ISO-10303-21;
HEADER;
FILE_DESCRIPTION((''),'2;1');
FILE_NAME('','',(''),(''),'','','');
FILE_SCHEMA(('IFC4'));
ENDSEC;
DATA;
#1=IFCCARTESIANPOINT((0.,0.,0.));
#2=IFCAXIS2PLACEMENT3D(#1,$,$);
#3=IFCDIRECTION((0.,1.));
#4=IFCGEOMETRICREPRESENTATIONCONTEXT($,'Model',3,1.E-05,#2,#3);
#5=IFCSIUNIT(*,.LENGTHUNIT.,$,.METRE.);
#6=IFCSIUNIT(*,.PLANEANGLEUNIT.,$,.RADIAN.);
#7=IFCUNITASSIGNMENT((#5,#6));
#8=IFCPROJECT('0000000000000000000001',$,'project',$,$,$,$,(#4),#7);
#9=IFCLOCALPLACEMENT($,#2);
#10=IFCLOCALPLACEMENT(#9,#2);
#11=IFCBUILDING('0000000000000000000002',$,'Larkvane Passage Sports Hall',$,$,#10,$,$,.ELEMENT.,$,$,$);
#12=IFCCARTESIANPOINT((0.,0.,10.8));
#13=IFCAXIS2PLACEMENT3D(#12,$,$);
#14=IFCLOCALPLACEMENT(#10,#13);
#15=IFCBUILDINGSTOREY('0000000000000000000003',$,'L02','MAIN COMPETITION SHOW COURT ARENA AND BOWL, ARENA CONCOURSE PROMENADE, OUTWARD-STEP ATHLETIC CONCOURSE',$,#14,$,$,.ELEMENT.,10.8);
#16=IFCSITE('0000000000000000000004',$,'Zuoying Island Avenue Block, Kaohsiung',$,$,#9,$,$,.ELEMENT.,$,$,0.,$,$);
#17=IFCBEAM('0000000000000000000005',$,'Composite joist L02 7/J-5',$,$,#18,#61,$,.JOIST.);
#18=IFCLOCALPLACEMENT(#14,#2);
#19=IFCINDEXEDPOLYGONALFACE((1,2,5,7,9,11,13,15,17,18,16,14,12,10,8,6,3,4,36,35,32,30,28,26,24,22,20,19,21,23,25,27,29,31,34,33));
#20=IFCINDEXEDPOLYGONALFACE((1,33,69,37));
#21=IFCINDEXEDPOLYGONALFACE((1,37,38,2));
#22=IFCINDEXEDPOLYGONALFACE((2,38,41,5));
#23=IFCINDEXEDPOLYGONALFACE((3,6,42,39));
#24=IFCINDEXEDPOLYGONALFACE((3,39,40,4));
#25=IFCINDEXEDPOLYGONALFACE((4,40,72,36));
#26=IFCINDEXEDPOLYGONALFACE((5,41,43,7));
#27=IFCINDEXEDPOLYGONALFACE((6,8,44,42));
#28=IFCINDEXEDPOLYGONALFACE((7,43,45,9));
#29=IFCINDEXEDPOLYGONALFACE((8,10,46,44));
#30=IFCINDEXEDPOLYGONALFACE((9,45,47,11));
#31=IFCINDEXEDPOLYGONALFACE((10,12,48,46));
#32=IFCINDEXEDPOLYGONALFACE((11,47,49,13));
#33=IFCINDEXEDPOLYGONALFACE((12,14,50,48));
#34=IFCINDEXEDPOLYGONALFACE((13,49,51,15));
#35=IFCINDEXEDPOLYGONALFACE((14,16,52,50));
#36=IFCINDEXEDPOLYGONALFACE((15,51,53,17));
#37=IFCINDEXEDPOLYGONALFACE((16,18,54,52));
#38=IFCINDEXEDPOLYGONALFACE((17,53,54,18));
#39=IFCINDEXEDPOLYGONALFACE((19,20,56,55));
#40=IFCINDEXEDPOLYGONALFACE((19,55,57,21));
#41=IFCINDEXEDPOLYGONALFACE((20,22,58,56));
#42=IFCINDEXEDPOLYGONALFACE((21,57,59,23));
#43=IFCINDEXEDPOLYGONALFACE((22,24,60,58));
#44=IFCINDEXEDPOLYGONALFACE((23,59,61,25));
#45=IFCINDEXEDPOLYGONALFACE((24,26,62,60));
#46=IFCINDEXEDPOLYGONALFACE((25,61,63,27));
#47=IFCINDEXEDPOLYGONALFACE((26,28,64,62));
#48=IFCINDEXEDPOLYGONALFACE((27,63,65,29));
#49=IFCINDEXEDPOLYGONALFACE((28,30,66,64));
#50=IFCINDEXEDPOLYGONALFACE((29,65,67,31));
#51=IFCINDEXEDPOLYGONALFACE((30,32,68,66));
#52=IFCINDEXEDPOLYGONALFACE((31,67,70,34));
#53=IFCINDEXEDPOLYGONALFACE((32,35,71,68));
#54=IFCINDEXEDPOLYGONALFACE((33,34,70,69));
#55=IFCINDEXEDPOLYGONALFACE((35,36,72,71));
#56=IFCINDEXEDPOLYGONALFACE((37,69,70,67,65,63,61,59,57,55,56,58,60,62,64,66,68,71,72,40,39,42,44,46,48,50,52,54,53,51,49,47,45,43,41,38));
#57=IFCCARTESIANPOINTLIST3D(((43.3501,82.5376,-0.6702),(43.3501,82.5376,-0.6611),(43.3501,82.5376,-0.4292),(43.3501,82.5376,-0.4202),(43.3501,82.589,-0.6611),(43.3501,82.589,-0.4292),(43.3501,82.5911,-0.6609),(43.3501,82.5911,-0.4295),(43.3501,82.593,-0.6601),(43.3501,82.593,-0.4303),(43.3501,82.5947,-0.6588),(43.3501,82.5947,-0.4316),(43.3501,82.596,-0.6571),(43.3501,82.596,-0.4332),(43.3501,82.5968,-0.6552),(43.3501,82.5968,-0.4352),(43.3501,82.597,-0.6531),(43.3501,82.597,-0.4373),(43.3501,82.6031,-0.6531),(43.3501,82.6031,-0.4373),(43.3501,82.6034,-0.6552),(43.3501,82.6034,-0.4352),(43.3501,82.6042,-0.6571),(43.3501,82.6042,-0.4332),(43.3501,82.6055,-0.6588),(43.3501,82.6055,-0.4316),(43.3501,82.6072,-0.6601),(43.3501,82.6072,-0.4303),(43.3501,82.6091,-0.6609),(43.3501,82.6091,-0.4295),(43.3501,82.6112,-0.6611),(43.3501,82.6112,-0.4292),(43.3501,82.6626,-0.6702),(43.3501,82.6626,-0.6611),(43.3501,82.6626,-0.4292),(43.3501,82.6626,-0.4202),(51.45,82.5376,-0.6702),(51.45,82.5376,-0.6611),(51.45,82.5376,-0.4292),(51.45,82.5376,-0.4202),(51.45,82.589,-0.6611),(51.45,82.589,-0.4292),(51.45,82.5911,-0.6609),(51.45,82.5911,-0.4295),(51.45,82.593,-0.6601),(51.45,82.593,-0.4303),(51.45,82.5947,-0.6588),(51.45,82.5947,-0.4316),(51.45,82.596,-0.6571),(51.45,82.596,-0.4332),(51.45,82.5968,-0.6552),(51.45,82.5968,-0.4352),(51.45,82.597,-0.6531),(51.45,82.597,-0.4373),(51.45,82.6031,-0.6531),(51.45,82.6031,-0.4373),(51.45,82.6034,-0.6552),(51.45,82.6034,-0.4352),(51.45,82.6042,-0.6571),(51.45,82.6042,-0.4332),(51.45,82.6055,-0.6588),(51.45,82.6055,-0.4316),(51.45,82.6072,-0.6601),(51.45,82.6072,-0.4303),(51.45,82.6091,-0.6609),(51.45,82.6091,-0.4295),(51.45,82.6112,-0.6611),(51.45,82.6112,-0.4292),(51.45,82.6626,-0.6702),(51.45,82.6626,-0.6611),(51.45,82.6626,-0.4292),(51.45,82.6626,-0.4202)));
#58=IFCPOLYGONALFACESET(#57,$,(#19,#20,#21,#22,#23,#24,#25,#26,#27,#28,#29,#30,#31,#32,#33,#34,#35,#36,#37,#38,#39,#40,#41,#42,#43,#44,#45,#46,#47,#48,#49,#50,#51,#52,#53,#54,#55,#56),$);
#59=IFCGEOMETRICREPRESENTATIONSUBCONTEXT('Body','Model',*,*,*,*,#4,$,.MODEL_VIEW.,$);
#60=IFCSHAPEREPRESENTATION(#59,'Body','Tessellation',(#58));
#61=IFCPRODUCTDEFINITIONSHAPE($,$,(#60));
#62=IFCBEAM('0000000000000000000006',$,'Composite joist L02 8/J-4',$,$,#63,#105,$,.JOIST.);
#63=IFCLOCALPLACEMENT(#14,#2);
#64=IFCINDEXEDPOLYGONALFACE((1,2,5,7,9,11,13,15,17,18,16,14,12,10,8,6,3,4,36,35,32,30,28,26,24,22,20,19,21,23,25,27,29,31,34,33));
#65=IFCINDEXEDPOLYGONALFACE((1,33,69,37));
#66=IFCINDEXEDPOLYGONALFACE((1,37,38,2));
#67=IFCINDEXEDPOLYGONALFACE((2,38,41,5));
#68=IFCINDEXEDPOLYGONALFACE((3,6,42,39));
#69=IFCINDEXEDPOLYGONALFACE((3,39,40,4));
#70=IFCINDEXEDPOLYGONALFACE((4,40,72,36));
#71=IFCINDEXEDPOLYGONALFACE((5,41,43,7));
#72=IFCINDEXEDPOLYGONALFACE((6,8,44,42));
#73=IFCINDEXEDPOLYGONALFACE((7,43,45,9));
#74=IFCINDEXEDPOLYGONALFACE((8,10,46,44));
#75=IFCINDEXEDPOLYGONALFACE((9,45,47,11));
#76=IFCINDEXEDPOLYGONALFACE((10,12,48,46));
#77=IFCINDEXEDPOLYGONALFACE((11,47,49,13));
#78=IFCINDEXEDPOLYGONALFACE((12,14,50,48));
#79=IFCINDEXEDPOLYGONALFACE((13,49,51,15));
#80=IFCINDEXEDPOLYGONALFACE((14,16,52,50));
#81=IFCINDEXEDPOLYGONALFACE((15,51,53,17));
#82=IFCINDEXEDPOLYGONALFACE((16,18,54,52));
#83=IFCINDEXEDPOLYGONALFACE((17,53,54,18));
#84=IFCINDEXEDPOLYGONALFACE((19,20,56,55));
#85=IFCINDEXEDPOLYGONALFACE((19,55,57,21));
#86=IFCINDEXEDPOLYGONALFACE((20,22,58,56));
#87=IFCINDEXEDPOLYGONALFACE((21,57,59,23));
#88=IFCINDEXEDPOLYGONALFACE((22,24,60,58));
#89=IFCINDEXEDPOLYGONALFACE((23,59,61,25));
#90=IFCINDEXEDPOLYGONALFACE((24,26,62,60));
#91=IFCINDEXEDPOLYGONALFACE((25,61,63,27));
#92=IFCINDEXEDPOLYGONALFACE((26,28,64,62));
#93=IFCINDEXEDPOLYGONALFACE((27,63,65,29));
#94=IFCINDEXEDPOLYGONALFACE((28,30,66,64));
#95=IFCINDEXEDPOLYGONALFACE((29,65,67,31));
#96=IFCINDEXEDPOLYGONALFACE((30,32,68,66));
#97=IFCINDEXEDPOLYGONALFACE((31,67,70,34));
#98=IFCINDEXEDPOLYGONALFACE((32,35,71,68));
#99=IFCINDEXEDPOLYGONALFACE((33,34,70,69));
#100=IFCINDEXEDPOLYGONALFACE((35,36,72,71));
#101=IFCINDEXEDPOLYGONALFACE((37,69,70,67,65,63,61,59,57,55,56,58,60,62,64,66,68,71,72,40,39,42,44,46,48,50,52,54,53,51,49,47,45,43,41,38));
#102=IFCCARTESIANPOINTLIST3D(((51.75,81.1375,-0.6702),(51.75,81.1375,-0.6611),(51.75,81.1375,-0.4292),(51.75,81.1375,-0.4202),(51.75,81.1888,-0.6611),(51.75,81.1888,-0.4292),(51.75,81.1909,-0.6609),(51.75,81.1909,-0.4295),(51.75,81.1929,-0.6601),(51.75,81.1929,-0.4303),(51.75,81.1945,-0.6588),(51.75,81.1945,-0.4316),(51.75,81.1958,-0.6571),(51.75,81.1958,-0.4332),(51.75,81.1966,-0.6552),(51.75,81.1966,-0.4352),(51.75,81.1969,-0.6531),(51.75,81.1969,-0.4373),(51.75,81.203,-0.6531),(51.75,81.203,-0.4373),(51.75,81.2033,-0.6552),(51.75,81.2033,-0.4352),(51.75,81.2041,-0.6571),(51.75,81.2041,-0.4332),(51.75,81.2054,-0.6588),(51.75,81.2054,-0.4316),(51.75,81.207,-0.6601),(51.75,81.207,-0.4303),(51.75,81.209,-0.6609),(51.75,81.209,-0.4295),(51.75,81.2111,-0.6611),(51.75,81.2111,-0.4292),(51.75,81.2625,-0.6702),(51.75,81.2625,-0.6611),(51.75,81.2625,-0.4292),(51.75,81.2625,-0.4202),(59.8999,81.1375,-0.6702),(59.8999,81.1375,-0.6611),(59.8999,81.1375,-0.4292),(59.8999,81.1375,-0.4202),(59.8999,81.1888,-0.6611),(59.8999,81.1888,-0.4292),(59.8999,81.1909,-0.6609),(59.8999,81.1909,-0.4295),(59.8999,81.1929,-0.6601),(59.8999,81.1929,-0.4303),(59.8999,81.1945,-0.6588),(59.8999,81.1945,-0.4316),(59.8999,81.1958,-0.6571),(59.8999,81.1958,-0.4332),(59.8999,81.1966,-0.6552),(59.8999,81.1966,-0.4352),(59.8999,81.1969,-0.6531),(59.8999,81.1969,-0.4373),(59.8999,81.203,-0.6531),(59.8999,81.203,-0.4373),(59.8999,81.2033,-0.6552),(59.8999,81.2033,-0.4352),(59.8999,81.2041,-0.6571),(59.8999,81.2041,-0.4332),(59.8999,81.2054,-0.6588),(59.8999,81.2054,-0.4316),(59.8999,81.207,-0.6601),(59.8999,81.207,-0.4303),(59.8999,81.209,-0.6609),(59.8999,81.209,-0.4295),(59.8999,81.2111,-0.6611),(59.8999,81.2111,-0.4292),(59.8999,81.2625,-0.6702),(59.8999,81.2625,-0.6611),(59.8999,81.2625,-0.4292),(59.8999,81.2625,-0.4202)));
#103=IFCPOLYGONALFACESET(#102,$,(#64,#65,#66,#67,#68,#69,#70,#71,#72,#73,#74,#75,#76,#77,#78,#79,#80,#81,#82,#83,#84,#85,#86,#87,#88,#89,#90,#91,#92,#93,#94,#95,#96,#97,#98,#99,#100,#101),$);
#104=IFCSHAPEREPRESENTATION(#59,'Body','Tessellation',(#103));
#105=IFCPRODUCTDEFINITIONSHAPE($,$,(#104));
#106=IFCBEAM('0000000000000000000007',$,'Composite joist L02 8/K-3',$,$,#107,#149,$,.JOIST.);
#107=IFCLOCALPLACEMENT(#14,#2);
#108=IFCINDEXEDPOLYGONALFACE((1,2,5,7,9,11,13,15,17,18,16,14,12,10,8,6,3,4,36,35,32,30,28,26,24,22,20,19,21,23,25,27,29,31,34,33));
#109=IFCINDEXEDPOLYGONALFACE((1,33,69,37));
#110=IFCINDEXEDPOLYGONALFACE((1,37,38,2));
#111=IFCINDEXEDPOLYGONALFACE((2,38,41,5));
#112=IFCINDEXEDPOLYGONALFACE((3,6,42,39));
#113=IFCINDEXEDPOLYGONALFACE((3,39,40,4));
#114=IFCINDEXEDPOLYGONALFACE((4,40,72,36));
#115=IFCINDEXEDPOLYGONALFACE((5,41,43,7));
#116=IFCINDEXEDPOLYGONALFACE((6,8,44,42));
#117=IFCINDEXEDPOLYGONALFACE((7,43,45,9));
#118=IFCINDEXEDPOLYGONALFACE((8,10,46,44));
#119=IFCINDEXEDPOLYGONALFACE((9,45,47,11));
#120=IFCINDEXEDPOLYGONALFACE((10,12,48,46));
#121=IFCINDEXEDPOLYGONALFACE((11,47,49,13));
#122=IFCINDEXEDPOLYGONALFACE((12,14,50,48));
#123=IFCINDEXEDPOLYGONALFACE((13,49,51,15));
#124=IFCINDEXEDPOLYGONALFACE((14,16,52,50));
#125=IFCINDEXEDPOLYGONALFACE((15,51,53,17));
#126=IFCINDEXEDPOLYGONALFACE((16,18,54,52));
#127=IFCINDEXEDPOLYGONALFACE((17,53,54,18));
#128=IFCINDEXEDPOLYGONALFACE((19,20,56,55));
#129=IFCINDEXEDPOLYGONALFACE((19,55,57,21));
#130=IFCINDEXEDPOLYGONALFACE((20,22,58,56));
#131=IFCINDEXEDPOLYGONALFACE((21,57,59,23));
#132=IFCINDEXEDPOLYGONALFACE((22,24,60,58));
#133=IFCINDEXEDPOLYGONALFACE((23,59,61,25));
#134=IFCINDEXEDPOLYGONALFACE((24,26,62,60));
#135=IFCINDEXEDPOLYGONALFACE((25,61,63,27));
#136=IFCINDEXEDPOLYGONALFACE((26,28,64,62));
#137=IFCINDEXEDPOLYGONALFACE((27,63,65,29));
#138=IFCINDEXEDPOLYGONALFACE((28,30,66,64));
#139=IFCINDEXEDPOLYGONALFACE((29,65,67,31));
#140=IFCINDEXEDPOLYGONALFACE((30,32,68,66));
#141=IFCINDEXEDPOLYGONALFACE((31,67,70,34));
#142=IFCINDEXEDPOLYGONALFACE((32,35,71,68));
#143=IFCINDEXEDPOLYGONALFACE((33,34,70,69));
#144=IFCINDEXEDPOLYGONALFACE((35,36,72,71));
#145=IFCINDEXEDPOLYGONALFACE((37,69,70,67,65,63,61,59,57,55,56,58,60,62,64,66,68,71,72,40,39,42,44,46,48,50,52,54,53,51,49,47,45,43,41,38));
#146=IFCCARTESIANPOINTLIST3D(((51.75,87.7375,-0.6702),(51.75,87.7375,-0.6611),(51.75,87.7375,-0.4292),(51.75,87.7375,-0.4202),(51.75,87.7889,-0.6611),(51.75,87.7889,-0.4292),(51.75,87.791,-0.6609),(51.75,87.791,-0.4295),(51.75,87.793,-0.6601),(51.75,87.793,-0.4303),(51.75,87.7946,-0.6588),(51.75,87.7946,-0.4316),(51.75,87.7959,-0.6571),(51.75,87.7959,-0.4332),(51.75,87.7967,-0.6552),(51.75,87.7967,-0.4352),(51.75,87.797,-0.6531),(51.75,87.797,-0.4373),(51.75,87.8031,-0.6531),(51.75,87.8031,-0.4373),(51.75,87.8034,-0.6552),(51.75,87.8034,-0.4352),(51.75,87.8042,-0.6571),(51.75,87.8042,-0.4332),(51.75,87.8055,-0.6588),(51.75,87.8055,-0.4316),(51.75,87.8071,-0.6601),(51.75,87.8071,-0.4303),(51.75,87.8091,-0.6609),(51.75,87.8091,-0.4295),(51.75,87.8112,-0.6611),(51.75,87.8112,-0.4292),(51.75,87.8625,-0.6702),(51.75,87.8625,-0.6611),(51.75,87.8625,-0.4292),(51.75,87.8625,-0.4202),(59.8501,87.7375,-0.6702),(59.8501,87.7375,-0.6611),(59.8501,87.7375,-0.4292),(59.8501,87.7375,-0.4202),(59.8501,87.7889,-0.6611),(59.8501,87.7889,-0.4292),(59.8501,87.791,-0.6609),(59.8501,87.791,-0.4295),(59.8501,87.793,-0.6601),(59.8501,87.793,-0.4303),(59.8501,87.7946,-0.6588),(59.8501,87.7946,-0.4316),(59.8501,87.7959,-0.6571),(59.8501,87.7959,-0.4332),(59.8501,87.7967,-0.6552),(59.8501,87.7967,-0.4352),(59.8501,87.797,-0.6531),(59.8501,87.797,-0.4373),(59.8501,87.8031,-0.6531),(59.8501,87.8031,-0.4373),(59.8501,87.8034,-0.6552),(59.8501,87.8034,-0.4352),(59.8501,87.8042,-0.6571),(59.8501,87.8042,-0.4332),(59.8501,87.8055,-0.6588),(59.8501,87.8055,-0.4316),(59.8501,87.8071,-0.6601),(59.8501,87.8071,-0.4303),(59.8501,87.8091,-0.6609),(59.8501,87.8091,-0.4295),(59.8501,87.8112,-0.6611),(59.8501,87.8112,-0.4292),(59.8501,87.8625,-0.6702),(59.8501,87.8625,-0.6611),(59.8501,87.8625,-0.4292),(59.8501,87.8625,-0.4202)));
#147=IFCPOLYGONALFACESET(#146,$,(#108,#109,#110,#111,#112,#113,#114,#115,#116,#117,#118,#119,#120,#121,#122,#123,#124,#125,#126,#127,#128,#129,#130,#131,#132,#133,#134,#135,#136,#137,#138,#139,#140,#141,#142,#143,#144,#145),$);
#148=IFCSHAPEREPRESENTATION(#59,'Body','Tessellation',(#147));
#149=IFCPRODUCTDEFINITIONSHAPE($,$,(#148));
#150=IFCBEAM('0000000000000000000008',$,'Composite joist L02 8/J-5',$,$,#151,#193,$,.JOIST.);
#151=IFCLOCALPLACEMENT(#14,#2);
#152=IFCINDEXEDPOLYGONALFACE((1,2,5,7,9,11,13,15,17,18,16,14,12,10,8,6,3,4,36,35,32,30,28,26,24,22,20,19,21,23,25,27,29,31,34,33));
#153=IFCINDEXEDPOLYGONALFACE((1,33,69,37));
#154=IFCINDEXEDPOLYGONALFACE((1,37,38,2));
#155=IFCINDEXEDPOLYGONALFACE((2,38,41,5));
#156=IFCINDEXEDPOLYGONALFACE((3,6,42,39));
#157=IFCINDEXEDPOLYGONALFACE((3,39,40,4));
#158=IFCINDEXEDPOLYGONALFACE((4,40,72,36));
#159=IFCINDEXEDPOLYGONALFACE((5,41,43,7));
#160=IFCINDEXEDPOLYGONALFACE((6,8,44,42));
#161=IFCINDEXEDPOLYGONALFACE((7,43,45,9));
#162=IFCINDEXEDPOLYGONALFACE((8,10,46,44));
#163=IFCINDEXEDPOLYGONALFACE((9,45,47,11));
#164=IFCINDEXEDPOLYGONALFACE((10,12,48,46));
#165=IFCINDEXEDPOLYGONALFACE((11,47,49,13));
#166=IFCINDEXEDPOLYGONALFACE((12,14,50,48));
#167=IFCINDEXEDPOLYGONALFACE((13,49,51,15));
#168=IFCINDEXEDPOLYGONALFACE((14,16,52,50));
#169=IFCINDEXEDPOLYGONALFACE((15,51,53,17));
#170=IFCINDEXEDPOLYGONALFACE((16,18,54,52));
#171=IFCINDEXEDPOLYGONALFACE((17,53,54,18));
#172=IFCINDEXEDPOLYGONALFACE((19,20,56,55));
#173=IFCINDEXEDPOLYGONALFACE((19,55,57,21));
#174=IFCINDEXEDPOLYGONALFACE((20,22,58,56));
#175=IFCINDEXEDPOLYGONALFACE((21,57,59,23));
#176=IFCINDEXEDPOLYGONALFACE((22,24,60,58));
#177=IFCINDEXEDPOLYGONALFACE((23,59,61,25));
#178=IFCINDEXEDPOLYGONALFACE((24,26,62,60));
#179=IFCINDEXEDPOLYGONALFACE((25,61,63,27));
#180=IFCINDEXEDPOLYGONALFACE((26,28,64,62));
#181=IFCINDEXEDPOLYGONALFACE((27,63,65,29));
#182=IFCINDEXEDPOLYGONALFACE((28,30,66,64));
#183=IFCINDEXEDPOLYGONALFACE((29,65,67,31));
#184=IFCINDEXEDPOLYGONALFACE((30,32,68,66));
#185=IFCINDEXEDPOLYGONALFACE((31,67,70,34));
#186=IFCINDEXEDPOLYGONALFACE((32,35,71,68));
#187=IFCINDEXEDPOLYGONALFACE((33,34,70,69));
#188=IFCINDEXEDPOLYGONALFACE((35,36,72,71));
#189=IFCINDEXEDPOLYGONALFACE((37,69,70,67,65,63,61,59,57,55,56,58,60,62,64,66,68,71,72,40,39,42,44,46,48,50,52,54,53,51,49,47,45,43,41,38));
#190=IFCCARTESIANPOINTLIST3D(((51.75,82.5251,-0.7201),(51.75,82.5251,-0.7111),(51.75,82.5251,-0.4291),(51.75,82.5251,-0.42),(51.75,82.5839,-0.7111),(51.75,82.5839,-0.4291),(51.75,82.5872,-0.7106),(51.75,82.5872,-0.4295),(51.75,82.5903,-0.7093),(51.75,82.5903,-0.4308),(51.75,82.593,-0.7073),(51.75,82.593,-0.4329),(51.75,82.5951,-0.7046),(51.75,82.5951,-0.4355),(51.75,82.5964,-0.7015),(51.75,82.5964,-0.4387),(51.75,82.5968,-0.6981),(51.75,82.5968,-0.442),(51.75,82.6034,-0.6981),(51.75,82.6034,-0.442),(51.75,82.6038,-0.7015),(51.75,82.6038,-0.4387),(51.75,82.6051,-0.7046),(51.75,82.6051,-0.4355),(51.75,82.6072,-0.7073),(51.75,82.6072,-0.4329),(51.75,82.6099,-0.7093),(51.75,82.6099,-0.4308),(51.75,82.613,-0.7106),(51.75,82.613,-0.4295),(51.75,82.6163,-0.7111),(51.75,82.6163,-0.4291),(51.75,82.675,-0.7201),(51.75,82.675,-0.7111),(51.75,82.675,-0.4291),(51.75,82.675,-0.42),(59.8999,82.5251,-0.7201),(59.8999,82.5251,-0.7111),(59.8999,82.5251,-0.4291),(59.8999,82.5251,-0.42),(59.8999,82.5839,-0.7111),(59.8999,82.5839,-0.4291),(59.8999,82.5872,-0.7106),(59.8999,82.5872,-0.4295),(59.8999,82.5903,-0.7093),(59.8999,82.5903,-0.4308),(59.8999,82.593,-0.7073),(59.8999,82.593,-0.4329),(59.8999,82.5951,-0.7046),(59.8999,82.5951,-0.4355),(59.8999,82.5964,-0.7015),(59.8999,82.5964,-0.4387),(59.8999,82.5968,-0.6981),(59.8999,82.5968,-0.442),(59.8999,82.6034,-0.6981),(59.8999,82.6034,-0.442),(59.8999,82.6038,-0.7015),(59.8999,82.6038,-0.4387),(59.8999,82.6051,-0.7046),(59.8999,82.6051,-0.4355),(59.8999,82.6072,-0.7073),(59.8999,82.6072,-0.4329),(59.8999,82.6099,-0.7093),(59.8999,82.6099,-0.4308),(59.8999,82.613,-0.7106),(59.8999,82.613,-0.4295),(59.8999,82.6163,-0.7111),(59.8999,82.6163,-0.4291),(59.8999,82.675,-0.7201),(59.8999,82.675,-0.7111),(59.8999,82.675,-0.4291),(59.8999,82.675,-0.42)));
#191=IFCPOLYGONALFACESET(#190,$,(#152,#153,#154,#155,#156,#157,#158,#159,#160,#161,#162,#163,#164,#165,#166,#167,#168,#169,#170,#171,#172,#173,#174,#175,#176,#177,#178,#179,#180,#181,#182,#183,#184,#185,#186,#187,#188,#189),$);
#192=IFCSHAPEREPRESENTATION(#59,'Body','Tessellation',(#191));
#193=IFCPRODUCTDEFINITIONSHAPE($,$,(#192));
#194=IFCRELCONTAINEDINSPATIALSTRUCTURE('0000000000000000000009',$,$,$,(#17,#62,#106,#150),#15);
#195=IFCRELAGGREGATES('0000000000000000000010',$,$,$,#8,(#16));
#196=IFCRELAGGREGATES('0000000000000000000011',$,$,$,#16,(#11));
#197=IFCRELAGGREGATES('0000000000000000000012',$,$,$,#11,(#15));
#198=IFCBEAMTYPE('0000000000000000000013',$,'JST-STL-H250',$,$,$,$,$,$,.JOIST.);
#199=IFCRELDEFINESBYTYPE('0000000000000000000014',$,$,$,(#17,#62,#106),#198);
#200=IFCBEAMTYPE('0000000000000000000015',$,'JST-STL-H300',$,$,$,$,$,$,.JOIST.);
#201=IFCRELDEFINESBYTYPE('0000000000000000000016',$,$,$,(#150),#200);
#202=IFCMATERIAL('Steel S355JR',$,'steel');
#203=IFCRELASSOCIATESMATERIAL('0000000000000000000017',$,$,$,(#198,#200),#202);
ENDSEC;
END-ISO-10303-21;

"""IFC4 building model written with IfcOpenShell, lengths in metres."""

from ifc_helpers import new_model, si_unit, direction, frame, origin, origin_2d, place, context, subcontext, project, spatial, i_section, extrude, material, material_profile, profile_set, type_object, element, save


model = new_model("IFC4")

# Units and contexts
model_context = context("Model", 3, precision=1e-05, world=origin(), true_north=direction((0.0, 1.0)))
body_context = subcontext(model_context, "Body", "Model", "MODEL_VIEW")
ifc_project = project(units=[si_unit("LENGTHUNIT", "METRE"), si_unit("PLANEANGLEUNIT", "RADIAN")], contexts=[model_context])

# Site, building, storey
site_placement = place(None, origin())
site = spatial("IfcSite", under=ifc_project, at=site_placement, Name="Zuoying Island Avenue Block, Kaohsiung", CompositionType="ELEMENT", RefElevation=0.0)
building_placement = place(site_placement, origin())
building = spatial("IfcBuilding", under=site, at=building_placement, Name="Larkvane Passage Sports Hall", CompositionType="ELEMENT")
storey_placement = place(building_placement, frame((0.0, 0.0, 10.8)))
storey = spatial("IfcBuildingStorey", under=building, at=storey_placement, Name="L02", Description="MAIN COMPETITION SHOW COURT ARENA AND BOWL, ARENA CONCOURSE PROMENADE, OUTWARD-STEP ATHLETIC CONCOURSE", CompositionType="ELEMENT", Elevation=10.8)

# Shared definitions
ifc_material_1 = material(Name="Steel S355JR", Category="steel")

# Beams
ifc_material_profile_1 = material_profile(ifc_material_1, i_section(OverallWidth=0.125, OverallDepth=0.25, WebThickness=0.0061, FlangeThickness=0.009, FilletRadius=0.0081, at=origin_2d()), Name="H-250x125x6x9")
ifc_profile_set_1 = profile_set([ifc_material_profile_1], Name="Steel S355JR")
beam_type_1 = type_object("IfcBeamType", Name="JST-STL-H250", PredefinedType="JOIST", material=ifc_profile_set_1)
beam_1_placement = place(storey_placement, frame((43.3501, 82.6001, -0.5452), z_axis=(1.0, 0.0, 0.0), x_axis=(0.0, 1.0, 0.0)))
element("IfcBeam", 1, at=beam_1_placement, inside=storey, type_object=beam_type_1, Name="Composite joist L02 7/J-5", PredefinedType="JOIST", context=body_context, shape_type="SweptSolid", body=[
    extrude(i_section(OverallWidth=0.125, OverallDepth=0.25, WebThickness=0.0061, FlangeThickness=0.009, FilletRadius=0.0081, at=origin_2d()), origin(), (0.0, 0.0, 1.0), 8.0999),
])
beam_2_placement = place(storey_placement, frame((51.75, 81.2, -0.5452), z_axis=(1.0, 0.0, 0.0), x_axis=(0.0, 1.0, 0.0)))
element("IfcBeam", 2, at=beam_2_placement, inside=storey, type_object=beam_type_1, Name="Composite joist L02 8/J-4", PredefinedType="JOIST", context=body_context, shape_type="SweptSolid", body=[
    extrude(i_section(OverallWidth=0.125, OverallDepth=0.25, WebThickness=0.0061, FlangeThickness=0.009, FilletRadius=0.0081, at=origin_2d()), origin(), (0.0, 0.0, 1.0), 8.1499),
])
beam_3_placement = place(storey_placement, frame((51.75, 87.8, -0.5452), z_axis=(1.0, 0.0, 0.0), x_axis=(0.0, 1.0, 0.0)))
element("IfcBeam", 3, at=beam_3_placement, inside=storey, type_object=beam_type_1, Name="Composite joist L02 8/K-3", PredefinedType="JOIST", context=body_context, shape_type="SweptSolid", body=[
    extrude(i_section(OverallWidth=0.125, OverallDepth=0.25, WebThickness=0.0061, FlangeThickness=0.009, FilletRadius=0.0081, at=origin_2d()), origin(), (0.0, 0.0, 1.0), 8.1001),
])
ifc_material_profile_2 = material_profile(ifc_material_1, i_section(OverallWidth=0.1499, OverallDepth=0.3, WebThickness=0.0066, FlangeThickness=0.009, FilletRadius=0.0129, at=origin_2d()), Name="H-300x150x6.5x9")
ifc_profile_set_2 = profile_set([ifc_material_profile_2], Name="Steel S355JR")
beam_type_2 = type_object("IfcBeamType", Name="JST-STL-H300", PredefinedType="JOIST", material=ifc_profile_set_2)
beam_4_placement = place(storey_placement, frame((51.75, 82.6001, -0.5701), z_axis=(1.0, 0.0, 0.0), x_axis=(0.0, 1.0, 0.0)))
element("IfcBeam", 4, at=beam_4_placement, inside=storey, type_object=beam_type_2, Name="Composite joist L02 8/J-5", PredefinedType="JOIST", context=body_context, shape_type="SweptSolid", body=[
    extrude(i_section(OverallWidth=0.1499, OverallDepth=0.3, WebThickness=0.0066, FlangeThickness=0.009, FilletRadius=0.0129, at=origin_2d()), origin(), (0.0, 0.0, 1.0), 8.1499),
])

save(model, "model.ifc")
